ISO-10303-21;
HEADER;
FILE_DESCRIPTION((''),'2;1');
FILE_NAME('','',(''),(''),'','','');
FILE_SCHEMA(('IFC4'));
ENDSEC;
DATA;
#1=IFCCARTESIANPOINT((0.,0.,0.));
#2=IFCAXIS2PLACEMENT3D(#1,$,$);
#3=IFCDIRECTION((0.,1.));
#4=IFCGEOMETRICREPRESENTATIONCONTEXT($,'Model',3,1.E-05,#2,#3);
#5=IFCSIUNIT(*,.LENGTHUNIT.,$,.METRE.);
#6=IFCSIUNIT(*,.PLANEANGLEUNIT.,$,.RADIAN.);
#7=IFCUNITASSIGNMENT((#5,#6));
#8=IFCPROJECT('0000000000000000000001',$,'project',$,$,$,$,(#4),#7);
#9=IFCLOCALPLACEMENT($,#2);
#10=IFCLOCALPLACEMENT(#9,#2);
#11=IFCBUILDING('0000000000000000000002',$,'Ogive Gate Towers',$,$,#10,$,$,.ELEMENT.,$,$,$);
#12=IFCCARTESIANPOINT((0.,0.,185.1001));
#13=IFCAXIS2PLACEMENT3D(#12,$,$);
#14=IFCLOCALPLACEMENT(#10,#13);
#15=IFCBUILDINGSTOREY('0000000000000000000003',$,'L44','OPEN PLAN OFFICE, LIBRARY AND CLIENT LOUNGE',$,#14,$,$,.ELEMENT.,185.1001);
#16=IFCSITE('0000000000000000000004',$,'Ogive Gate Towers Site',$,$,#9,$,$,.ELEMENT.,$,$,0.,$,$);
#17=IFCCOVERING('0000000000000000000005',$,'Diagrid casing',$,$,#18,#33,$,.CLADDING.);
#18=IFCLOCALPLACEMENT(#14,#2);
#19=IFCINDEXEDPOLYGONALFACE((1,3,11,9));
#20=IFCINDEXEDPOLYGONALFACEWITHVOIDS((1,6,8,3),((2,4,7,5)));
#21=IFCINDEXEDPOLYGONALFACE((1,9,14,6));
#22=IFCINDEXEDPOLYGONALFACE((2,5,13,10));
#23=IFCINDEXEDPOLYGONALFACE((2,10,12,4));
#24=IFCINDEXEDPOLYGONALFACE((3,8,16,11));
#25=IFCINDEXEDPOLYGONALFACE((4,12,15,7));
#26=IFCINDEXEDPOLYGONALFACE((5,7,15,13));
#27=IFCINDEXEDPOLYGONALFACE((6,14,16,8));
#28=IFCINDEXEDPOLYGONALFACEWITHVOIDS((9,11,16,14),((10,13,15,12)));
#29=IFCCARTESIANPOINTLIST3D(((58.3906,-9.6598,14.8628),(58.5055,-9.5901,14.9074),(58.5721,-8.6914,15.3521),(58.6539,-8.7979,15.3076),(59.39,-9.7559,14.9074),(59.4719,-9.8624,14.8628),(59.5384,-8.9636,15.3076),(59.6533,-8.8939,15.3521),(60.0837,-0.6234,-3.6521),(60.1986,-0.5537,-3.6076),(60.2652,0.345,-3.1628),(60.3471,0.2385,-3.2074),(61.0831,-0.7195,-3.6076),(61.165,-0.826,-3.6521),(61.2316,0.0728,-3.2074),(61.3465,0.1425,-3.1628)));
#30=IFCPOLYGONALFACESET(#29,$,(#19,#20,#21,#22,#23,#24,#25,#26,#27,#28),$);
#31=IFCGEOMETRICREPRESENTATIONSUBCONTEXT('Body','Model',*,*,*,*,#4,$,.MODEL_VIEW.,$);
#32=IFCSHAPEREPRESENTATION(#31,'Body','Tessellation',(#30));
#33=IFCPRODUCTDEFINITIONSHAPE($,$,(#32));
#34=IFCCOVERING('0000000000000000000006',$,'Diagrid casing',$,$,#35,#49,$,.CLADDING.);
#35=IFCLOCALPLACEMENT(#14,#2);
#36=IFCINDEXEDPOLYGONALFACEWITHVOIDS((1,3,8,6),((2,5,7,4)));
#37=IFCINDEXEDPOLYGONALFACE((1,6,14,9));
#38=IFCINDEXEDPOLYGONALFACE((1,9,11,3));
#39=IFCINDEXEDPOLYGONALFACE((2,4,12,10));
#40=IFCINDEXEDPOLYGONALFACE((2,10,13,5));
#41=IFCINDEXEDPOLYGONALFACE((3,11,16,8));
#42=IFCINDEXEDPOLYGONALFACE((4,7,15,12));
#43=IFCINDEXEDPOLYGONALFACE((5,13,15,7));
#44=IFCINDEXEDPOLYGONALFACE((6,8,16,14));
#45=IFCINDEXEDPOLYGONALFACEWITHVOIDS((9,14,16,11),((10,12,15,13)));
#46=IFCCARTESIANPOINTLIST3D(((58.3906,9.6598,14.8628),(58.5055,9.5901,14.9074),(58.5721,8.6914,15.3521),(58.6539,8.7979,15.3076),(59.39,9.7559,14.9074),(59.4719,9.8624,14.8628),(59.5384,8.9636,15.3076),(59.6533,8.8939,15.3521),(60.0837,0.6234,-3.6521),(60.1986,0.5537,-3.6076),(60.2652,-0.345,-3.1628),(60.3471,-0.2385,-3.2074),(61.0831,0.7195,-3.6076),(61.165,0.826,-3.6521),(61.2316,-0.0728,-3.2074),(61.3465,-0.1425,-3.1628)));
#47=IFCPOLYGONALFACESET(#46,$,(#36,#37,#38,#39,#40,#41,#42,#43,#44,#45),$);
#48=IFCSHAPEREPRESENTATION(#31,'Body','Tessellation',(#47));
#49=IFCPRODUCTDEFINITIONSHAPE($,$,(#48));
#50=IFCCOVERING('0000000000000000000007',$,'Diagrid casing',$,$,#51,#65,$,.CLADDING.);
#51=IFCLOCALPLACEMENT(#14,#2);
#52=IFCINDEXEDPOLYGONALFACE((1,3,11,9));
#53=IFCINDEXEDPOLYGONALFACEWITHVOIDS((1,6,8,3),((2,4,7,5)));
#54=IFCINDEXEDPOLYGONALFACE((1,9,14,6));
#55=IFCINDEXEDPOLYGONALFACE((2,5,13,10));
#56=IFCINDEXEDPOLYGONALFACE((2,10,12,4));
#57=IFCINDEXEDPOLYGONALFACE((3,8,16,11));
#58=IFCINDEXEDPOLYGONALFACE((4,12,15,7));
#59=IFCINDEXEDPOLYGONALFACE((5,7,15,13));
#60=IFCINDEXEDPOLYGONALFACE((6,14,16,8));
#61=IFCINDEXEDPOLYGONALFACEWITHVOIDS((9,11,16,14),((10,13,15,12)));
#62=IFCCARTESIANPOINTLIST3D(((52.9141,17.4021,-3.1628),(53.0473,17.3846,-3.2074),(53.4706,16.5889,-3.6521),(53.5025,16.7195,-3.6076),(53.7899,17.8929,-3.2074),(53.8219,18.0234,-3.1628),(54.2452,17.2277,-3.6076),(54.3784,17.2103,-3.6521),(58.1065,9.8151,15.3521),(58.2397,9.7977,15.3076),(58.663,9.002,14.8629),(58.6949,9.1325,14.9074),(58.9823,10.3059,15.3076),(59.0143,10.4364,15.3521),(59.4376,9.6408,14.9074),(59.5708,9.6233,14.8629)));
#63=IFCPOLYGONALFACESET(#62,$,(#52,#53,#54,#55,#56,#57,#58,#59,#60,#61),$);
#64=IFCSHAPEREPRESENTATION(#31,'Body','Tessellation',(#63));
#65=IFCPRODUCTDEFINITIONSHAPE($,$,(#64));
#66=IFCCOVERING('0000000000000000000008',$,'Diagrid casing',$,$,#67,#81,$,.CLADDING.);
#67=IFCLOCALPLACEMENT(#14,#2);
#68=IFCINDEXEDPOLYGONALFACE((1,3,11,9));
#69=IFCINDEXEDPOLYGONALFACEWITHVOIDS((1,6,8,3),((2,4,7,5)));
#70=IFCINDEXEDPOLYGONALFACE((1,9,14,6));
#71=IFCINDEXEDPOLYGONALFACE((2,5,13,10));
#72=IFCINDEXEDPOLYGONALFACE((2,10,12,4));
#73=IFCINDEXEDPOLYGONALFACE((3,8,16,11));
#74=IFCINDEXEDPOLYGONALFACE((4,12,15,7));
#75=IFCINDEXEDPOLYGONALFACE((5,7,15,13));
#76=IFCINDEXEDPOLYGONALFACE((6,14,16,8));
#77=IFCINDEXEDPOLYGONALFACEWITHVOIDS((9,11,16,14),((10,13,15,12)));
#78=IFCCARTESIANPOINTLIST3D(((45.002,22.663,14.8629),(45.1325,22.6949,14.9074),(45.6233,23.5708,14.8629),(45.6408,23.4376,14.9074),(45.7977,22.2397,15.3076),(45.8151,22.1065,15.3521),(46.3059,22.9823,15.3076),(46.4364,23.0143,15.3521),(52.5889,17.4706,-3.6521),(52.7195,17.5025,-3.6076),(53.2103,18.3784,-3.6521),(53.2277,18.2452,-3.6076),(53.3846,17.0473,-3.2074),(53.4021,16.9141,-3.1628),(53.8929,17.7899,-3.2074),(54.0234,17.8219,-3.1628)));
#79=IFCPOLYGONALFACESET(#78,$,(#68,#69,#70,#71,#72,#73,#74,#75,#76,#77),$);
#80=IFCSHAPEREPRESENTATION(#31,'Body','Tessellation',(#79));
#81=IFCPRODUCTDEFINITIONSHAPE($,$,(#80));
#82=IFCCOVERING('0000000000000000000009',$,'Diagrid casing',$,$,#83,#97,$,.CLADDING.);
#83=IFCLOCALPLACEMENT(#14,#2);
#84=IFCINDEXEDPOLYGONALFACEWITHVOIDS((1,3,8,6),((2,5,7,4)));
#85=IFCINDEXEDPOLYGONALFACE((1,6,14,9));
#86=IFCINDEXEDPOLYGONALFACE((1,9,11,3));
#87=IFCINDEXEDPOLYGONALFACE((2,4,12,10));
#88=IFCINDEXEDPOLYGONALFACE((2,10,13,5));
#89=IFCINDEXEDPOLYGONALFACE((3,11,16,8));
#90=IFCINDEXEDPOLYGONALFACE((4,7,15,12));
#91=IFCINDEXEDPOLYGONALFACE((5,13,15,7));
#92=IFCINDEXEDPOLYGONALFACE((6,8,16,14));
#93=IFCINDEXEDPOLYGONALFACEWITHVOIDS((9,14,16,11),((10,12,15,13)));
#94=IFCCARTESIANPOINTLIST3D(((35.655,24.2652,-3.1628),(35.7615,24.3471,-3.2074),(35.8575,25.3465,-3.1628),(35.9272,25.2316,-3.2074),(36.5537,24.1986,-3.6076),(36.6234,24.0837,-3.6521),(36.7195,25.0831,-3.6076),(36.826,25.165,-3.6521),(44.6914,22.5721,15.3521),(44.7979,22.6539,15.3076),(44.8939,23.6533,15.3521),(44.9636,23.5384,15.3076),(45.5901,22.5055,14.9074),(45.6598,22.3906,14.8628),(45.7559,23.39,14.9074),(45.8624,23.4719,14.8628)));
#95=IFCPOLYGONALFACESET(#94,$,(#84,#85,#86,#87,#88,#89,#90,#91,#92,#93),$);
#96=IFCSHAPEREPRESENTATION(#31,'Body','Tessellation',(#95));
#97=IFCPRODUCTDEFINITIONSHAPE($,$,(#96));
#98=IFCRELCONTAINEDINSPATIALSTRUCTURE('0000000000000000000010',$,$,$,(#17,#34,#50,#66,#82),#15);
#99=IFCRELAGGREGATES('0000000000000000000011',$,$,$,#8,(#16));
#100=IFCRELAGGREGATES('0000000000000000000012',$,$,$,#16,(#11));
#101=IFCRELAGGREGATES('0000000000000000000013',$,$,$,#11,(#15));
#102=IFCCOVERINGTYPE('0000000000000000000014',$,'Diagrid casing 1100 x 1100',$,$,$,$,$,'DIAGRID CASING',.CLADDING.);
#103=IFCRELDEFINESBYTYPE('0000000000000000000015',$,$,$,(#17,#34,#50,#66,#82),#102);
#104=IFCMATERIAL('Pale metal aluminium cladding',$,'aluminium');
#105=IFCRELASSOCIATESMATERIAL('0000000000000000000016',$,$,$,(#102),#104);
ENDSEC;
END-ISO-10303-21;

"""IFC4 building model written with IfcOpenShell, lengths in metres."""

from ifc_helpers import new_model, si_unit, direction, frame, origin, origin_2d, place, context, subcontext, project, spatial, hollow_rectangle, extrude, material, material_profile, profile_set, type_object, element, save


model = new_model("IFC4")

# Units and contexts
model_context = context("Model", 3, precision=1e-05, world=origin(), true_north=direction((0.0, 1.0)))
body_context = subcontext(model_context, "Body", "Model", "MODEL_VIEW")
ifc_project = project(units=[si_unit("LENGTHUNIT", "METRE"), si_unit("PLANEANGLEUNIT", "RADIAN")], contexts=[model_context])

# Site, building, storey
site_placement = place(None, origin())
site = spatial("IfcSite", under=ifc_project, at=site_placement, Name="Ogive Gate Towers Site", CompositionType="ELEMENT", RefElevation=0.0)
building_placement = place(site_placement, origin())
building = spatial("IfcBuilding", under=site, at=building_placement, Name="Ogive Gate Towers", CompositionType="ELEMENT")
storey_placement = place(building_placement, frame((0.0, 0.0, 185.1001)))
storey = spatial("IfcBuildingStorey", under=building, at=storey_placement, Name="L44", Description="OPEN PLAN OFFICE, LIBRARY AND CLIENT LOUNGE", CompositionType="ELEMENT", Elevation=185.1001)

# Coverings
ifc_material_1 = material(Name="Pale metal aluminium cladding", Category="aluminium")
ifc_material_profile_1 = material_profile(ifc_material_1, hollow_rectangle(XDim=1.1001, YDim=1.1001, WallThickness=0.1001, at=origin_2d()), Name="1100 x 1100 pale metal casing")
ifc_profile_set_1 = profile_set([ifc_material_profile_1], Name="Pale metal aluminium cladding")
covering_type_1 = type_object("IfcCoveringType", Name="Diagrid casing 1100 x 1100", ElementType="DIAGRID CASING", PredefinedType="CLADDING", material=ifc_profile_set_1)
for number, where, z_axis, x_axis, name in (
    (1, (60.7151, -0.2405, -3.4075), (-0.081905, -0.437135, 0.895659), (0.982896, -0.184162, 0.0), "Diagrid casing"),
    (2, (60.7151, 0.2405, -3.4075), (-0.081905, 0.437135, 0.895659), (-0.982896, -0.184162, 0.0), "Diagrid casing"),
    (3, (53.6462, 17.3062, -3.4075), (0.251182, -0.367018, 0.895659), (0.82524, 0.564783, 0.0), "Diagrid casing"),
    (4, (53.3062, 17.6462, -3.4075), (-0.367018, 0.251182, 0.895659), (-0.564783, -0.82524, 0.0), "Diagrid casing"),
    (5, (36.2405, 24.7151, -3.4075), (0.437135, -0.081905, 0.895659), (0.184162, 0.982896, 0.0), "Diagrid casing"),
):
    element("IfcCovering", number, at=place(storey_placement, frame(where, z_axis=z_axis, x_axis=x_axis)), inside=storey, type_object=covering_type_1, Name=name, PredefinedType="CLADDING", context=body_context, shape_type="SweptSolid", body=[
        extrude(hollow_rectangle(XDim=1.1001, YDim=1.1001, WallThickness=0.1001, at=origin_2d()), origin(), (0.0, 0.0, 1.0), 20.6719),
    ])

save(model, "model.ifc")
